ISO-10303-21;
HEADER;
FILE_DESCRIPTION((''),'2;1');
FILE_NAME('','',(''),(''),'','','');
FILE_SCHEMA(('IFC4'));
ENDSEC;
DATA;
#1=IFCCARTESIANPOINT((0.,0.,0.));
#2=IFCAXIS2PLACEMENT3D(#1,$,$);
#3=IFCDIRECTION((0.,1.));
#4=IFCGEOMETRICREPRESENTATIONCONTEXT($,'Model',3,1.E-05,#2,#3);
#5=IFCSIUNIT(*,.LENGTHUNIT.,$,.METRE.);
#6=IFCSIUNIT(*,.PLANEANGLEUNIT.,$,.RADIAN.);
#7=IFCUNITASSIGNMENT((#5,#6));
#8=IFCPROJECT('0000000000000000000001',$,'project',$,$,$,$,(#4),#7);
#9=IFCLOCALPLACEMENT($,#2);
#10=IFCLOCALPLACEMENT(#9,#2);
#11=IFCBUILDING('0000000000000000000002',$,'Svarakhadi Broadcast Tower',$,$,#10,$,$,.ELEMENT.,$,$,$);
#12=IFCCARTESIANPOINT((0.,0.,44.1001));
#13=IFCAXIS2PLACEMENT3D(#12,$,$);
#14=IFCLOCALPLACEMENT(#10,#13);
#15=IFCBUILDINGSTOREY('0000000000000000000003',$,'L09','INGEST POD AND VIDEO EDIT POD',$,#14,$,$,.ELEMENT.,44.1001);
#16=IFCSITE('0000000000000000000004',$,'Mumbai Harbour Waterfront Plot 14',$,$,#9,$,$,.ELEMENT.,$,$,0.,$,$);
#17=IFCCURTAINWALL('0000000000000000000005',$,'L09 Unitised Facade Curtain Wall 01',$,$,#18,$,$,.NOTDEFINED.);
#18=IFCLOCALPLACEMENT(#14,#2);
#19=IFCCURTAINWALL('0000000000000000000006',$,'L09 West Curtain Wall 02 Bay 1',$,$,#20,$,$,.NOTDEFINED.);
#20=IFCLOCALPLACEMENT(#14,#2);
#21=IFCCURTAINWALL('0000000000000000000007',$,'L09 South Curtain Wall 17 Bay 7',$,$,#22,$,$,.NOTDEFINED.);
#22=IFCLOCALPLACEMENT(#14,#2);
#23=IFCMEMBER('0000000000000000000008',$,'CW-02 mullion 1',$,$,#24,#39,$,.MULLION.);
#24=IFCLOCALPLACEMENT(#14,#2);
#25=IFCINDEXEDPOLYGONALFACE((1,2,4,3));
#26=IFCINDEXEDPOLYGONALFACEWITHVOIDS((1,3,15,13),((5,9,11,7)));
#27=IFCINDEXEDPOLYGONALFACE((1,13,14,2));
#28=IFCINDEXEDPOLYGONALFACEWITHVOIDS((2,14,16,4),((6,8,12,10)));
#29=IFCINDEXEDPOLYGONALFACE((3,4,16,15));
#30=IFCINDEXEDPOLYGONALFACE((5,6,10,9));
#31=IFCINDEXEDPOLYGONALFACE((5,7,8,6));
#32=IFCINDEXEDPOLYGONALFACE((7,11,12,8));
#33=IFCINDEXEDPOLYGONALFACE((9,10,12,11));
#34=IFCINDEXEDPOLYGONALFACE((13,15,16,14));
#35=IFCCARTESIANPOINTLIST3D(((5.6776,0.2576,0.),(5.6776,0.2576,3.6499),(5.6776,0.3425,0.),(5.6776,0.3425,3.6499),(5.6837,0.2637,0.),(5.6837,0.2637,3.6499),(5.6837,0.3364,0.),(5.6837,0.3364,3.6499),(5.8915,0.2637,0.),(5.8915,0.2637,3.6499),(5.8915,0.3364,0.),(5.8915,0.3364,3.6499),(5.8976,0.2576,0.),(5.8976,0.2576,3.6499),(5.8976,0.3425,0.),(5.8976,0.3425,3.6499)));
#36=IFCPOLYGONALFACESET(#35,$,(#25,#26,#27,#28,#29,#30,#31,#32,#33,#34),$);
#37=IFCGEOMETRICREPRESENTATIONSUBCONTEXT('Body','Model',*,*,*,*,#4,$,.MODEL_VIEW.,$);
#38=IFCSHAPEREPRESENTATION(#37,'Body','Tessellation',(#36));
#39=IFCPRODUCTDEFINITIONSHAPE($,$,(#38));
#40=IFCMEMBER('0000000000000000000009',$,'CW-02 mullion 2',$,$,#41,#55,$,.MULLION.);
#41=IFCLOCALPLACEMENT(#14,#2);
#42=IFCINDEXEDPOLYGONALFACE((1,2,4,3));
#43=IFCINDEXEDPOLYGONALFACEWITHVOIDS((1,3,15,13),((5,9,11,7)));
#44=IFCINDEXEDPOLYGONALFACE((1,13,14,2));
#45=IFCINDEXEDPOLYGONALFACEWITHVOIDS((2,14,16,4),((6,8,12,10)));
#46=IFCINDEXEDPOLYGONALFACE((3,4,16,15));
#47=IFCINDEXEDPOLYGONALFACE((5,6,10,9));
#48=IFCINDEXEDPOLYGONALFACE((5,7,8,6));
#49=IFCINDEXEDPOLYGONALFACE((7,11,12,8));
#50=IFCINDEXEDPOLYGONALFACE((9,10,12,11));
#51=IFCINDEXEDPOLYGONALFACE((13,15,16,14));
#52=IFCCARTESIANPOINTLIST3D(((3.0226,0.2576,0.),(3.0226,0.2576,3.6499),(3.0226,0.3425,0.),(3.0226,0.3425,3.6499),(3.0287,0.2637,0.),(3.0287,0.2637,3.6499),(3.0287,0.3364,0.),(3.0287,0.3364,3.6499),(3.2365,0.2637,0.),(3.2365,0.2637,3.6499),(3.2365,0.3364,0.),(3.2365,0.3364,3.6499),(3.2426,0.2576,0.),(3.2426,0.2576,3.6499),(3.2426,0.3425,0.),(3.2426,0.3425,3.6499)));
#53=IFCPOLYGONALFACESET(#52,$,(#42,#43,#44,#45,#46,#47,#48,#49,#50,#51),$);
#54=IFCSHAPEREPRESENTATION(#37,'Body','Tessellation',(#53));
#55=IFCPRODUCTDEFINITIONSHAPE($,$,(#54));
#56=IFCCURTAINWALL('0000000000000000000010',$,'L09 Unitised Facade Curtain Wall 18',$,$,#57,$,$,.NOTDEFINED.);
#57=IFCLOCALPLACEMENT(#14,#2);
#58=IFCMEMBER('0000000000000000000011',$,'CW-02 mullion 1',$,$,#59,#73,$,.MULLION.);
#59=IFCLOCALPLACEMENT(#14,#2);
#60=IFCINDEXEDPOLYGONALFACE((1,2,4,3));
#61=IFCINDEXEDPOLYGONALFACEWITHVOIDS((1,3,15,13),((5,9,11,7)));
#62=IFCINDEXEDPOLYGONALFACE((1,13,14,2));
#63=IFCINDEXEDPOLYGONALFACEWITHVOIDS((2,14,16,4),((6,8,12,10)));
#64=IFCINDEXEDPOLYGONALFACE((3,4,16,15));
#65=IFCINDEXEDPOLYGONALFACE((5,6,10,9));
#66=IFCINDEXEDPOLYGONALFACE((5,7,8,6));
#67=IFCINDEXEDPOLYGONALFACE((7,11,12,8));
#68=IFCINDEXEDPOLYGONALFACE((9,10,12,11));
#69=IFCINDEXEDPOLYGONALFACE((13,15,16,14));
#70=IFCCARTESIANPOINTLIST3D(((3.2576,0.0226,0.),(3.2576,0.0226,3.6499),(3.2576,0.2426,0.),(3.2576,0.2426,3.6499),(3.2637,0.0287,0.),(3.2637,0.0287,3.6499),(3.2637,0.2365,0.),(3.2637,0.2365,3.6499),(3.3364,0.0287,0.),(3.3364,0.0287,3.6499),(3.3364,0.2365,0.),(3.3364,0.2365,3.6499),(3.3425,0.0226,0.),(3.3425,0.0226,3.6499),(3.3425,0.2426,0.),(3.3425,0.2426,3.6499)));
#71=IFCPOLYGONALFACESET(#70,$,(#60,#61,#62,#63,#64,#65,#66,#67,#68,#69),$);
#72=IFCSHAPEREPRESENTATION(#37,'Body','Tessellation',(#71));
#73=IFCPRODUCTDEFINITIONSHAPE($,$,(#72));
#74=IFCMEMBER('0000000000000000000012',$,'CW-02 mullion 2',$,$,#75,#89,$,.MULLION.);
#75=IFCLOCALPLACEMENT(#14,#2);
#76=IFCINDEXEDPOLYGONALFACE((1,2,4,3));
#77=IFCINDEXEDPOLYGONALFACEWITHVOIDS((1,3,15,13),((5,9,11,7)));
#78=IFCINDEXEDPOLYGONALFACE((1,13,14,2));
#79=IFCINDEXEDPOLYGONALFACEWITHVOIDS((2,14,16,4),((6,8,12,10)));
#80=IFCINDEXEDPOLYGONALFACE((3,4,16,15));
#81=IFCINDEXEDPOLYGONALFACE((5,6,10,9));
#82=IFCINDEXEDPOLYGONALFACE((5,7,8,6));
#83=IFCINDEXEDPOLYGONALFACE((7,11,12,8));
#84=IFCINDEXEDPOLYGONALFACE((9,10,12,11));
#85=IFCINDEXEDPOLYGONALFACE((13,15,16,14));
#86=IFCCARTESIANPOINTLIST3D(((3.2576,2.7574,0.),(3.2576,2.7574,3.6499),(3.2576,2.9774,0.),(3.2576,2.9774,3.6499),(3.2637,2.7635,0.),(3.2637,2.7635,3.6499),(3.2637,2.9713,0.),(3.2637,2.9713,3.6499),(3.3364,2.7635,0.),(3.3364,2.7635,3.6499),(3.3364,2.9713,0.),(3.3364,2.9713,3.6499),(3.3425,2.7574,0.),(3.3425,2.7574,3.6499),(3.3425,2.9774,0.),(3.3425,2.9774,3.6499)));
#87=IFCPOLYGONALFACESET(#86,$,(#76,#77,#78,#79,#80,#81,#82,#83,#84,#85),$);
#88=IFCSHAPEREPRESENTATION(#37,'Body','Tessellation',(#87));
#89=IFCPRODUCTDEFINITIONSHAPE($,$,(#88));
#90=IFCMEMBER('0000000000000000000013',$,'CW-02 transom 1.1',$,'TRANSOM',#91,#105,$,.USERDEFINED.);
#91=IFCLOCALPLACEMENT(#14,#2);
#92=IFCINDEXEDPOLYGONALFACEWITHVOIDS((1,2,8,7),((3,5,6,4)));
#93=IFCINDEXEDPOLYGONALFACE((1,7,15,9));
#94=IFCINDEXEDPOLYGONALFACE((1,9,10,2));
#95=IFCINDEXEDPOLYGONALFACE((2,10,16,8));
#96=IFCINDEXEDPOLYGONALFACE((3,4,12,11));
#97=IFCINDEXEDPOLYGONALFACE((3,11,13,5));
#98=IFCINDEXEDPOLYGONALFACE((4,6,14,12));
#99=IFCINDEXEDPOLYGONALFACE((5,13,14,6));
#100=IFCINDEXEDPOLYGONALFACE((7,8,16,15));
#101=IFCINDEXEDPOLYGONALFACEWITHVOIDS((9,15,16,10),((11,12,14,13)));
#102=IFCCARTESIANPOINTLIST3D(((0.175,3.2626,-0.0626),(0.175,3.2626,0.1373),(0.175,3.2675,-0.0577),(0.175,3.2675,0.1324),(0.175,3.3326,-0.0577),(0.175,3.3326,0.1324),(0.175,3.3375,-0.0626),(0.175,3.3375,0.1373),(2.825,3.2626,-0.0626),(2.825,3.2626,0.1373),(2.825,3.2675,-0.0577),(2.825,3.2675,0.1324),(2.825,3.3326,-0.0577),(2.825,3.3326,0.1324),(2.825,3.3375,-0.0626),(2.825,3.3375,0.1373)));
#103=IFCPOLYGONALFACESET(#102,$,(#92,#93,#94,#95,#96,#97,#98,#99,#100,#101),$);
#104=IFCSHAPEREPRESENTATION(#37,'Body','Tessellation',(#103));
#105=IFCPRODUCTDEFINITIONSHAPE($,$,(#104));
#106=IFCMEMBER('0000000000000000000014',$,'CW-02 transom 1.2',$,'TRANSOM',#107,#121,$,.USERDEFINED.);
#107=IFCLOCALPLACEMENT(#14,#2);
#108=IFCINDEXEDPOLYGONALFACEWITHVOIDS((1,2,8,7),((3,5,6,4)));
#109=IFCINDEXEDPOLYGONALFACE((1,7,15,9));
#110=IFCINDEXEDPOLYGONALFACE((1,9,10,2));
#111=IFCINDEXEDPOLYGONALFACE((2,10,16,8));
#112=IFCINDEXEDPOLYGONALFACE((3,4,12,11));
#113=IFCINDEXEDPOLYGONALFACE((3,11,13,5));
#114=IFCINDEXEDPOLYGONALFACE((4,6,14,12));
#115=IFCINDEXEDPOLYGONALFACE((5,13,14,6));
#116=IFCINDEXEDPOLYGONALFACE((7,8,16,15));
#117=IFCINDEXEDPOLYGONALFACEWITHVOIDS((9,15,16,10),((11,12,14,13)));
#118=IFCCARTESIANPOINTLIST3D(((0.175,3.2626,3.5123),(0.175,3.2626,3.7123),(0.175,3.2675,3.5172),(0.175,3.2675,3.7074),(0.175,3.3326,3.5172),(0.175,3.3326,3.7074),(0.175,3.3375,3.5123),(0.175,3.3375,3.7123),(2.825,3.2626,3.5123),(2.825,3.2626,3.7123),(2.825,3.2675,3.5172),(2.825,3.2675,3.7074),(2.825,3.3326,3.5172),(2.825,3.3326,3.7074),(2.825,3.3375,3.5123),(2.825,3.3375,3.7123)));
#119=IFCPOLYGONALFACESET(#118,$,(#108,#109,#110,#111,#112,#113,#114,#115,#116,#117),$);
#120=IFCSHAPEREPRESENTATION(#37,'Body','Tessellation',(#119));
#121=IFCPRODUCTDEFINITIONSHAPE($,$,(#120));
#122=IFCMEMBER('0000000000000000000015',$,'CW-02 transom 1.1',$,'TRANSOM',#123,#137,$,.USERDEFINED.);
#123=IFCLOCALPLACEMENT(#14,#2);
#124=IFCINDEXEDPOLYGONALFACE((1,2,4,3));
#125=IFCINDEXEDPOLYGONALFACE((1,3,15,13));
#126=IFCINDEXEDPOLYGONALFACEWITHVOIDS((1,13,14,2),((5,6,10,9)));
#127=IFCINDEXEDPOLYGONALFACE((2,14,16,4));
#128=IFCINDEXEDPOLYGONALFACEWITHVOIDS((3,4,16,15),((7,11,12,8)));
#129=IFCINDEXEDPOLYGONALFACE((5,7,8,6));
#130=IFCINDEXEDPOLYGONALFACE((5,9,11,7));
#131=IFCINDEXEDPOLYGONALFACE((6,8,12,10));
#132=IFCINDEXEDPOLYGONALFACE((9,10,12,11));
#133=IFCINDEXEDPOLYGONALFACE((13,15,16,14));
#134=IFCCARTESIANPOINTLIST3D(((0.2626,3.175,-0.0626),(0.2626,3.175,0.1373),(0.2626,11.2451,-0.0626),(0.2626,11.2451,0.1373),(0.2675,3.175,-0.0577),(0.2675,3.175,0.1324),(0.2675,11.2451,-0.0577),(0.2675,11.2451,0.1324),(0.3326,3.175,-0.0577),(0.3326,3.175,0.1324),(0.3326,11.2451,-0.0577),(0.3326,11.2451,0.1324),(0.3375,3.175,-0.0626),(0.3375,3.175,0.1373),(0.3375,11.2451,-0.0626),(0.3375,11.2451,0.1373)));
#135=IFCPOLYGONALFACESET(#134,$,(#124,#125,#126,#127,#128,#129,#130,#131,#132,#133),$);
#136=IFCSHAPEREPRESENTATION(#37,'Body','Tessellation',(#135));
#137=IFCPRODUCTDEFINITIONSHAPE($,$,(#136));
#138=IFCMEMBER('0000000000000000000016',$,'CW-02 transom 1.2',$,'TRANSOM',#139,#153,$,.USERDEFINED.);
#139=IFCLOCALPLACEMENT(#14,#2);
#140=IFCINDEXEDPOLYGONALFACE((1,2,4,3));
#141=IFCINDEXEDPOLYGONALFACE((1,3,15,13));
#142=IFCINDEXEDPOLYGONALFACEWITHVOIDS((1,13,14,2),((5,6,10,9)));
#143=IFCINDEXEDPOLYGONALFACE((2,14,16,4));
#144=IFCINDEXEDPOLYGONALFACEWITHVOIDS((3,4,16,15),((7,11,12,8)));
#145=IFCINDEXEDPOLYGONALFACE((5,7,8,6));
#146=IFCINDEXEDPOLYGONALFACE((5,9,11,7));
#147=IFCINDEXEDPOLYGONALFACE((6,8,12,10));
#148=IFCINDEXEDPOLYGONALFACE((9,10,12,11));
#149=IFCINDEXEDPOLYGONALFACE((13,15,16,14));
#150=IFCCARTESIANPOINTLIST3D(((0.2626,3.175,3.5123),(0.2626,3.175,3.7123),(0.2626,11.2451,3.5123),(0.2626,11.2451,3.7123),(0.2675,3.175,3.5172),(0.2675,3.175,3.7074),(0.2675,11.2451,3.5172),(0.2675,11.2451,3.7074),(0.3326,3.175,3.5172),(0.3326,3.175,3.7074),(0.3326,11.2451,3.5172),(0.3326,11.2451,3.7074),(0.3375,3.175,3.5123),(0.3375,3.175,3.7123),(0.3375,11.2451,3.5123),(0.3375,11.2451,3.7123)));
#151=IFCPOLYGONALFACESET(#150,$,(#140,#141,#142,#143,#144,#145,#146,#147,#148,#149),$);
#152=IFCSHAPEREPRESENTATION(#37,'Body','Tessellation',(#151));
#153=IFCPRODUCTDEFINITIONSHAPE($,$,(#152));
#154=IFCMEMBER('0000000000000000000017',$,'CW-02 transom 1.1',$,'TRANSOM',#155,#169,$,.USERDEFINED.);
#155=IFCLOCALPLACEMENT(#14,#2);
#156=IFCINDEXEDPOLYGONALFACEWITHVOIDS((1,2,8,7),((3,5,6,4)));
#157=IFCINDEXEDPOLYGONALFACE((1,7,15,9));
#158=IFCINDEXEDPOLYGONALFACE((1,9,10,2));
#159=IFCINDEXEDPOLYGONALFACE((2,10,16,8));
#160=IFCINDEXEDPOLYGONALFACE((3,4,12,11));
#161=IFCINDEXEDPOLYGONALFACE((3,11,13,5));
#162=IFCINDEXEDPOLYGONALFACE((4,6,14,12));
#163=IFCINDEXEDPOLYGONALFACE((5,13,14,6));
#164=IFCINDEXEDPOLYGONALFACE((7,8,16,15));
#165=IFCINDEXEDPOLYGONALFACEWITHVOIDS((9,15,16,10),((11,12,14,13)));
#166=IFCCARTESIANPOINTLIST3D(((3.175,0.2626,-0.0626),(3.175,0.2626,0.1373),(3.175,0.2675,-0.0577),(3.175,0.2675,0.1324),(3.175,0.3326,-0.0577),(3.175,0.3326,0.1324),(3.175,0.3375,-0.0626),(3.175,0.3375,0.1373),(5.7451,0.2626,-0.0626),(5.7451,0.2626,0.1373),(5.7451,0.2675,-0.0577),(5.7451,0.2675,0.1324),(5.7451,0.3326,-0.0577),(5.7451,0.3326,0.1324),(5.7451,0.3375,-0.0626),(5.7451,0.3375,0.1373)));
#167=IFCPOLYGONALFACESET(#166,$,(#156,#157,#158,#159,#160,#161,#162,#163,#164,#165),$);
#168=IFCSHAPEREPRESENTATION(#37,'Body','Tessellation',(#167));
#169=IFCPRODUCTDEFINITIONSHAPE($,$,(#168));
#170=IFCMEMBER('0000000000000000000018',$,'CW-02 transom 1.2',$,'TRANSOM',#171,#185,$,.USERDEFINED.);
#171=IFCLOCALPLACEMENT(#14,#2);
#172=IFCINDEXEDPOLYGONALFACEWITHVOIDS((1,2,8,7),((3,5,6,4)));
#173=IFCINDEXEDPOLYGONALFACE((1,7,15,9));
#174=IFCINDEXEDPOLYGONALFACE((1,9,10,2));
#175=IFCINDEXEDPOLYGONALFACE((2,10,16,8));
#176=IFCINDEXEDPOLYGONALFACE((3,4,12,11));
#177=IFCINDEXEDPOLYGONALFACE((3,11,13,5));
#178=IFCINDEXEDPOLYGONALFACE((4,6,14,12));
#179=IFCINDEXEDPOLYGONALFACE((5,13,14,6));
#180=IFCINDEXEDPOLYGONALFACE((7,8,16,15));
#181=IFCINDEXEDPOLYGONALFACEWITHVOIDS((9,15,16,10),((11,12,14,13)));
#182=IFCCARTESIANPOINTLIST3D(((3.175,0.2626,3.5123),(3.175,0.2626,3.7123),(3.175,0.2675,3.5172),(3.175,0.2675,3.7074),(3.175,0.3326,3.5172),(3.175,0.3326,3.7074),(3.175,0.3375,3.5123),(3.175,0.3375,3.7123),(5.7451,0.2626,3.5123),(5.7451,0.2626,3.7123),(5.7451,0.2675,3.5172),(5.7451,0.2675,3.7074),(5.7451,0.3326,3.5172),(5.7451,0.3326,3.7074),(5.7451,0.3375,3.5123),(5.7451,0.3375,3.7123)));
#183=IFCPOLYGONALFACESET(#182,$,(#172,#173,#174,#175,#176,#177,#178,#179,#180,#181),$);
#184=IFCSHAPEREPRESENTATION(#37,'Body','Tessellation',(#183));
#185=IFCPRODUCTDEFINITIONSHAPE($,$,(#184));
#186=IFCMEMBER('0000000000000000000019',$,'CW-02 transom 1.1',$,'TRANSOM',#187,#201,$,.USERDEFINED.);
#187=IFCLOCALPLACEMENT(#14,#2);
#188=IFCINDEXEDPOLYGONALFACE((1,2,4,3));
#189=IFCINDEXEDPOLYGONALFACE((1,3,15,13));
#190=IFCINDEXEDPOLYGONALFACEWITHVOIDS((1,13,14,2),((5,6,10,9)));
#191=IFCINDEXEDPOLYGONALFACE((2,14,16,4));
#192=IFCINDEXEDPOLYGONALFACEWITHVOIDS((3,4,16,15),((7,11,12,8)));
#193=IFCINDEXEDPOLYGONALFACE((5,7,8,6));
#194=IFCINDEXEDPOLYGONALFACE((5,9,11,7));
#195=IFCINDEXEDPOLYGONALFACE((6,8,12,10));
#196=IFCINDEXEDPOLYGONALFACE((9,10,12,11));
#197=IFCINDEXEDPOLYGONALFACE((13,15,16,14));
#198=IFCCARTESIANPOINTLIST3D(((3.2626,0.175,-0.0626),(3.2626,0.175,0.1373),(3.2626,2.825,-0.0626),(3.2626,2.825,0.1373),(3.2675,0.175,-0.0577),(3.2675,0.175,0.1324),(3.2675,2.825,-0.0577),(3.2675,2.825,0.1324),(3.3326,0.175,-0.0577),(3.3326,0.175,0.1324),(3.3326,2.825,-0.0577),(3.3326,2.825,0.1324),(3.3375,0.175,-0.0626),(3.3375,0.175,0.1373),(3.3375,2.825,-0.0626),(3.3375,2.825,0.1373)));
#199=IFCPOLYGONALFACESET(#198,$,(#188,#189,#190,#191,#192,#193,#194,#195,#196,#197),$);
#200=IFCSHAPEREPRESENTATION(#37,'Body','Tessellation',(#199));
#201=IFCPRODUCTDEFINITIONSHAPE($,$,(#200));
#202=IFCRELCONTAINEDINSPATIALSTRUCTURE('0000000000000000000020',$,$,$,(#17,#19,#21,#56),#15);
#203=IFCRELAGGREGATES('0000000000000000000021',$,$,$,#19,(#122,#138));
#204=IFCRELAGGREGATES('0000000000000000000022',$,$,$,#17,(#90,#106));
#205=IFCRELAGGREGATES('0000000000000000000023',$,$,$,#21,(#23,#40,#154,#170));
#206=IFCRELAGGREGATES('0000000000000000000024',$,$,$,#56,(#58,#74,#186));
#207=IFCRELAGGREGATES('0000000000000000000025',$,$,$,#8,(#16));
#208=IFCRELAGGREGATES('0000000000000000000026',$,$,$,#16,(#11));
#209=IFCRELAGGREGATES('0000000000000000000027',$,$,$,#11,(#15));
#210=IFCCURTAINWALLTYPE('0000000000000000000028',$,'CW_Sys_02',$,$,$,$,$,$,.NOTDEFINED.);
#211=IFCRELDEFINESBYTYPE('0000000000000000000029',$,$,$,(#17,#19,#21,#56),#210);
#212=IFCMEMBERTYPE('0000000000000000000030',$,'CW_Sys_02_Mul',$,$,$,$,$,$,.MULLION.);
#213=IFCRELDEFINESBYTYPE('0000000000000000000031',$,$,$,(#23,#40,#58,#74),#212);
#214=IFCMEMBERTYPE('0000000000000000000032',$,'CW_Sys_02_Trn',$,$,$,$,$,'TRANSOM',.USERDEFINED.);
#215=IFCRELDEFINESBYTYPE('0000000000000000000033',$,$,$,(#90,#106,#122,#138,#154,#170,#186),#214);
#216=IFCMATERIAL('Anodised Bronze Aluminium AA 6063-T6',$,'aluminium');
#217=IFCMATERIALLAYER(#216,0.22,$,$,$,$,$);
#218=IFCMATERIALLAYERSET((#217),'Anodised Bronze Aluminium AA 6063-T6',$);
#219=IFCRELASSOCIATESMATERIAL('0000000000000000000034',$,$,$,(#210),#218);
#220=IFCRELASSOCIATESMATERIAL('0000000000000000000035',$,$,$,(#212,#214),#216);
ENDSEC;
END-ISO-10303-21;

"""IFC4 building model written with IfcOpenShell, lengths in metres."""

from ifc_helpers import new_model, si_unit, direction, frame, origin, origin_2d, place, context, subcontext, project, spatial, hollow_rectangle, extrude, material, layer, layer_set, material_profile, profile_set, type_object, element, aggregate, save


model = new_model("IFC4")

# Units and contexts
model_context = context("Model", 3, precision=1e-05, world=origin(), true_north=direction((0.0, 1.0)))
body_context = subcontext(model_context, "Body", "Model", "MODEL_VIEW")
ifc_project = project(units=[si_unit("LENGTHUNIT", "METRE"), si_unit("PLANEANGLEUNIT", "RADIAN")], contexts=[model_context])

# Site, building, storey
site_placement = place(None, origin())
site = spatial("IfcSite", under=ifc_project, at=site_placement, Name="Mumbai Harbour Waterfront Plot 14", CompositionType="ELEMENT", RefElevation=0.0)
building_placement = place(site_placement, origin())
building = spatial("IfcBuilding", under=site, at=building_placement, Name="Svarakhadi Broadcast Tower", CompositionType="ELEMENT")
storey_placement = place(building_placement, frame((0.0, 0.0, 44.1001)))
storey = spatial("IfcBuildingStorey", under=building, at=storey_placement, Name="L09", Description="INGEST POD AND VIDEO EDIT POD", CompositionType="ELEMENT", Elevation=44.1001)

# Curtain wall
ifc_material_1 = material(Name="Anodised Bronze Aluminium AA 6063-T6", Category="aluminium")
ifc_layer_1 = layer(ifc_material_1, 0.22)
ifc_layer_set_1 = layer_set([ifc_layer_1], Name="Anodised Bronze Aluminium AA 6063-T6")
curtain_wall_type = type_object("IfcCurtainWallType", Name="CW_Sys_02", PredefinedType="NOTDEFINED", material=ifc_layer_set_1)
curtain_wall_1_placement = place(storey_placement, origin())
curtain_wall_1 = element("IfcCurtainWall", 1, at=curtain_wall_1_placement, inside=storey, type_object=curtain_wall_type, Name="L09 Unitised Facade Curtain Wall 01", PredefinedType="NOTDEFINED")
ifc_material_profile_1 = material_profile(ifc_material_1, hollow_rectangle(XDim=0.085, YDim=0.22, WallThickness=0.0061, at=origin_2d()), Name="ALU MULLION 220x85x6")
ifc_profile_set_1 = profile_set([ifc_material_profile_1], Name="Anodised Bronze Aluminium AA 6063-T6")
member_type_1 = type_object("IfcMemberType", Name="CW_Sys_02_Mul", PredefinedType="MULLION", material=ifc_profile_set_1)

# Curtain wall
curtain_wall_2_placement = place(storey_placement, origin())
curtain_wall_2 = element("IfcCurtainWall", 2, at=curtain_wall_2_placement, inside=storey, type_object=curtain_wall_type, Name="L09 West Curtain Wall 02 Bay 1", PredefinedType="NOTDEFINED")

# Curtain walls, members
curtain_wall_3_placement = place(storey_placement, origin())
curtain_wall_3 = element("IfcCurtainWall", 3, at=curtain_wall_3_placement, inside=storey, type_object=curtain_wall_type, Name="L09 South Curtain Wall 17 Bay 7", PredefinedType="NOTDEFINED")
member_1_placement = place(storey_placement, frame((5.7876, 0.3, 0.0), z_axis=(0.0, 0.0, 1.0), x_axis=(0.0, -1.0, 0.0)))
member_1 = element("IfcMember", 4, at=member_1_placement, type_object=member_type_1, Name="CW-02 mullion 1", PredefinedType="MULLION", context=body_context, shape_type="SweptSolid", body=[
    extrude(hollow_rectangle(XDim=0.085, YDim=0.22, WallThickness=0.0061, at=origin_2d()), origin(), (0.0, 0.0, 1.0), 3.6499),
])
member_2_placement = place(storey_placement, frame((3.1326, 0.3, 0.0), z_axis=(0.0, 0.0, 1.0), x_axis=(0.0, -1.0, 0.0)))
member_2 = element("IfcMember", 5, at=member_2_placement, type_object=member_type_1, Name="CW-02 mullion 2", PredefinedType="MULLION", context=body_context, shape_type="SweptSolid", body=[
    extrude(hollow_rectangle(XDim=0.085, YDim=0.22, WallThickness=0.0061, at=origin_2d()), origin(), (0.0, 0.0, 1.0), 3.6499),
])
curtain_wall_4_placement = place(storey_placement, origin())
curtain_wall_4 = element("IfcCurtainWall", 6, at=curtain_wall_4_placement, inside=storey, type_object=curtain_wall_type, Name="L09 Unitised Facade Curtain Wall 18", PredefinedType="NOTDEFINED")
member_3_placement = place(storey_placement, frame((3.3, 0.1326, 0.0), z_axis=(0.0, 0.0, 1.0), x_axis=(-1.0, 0.0, 0.0)))
member_3 = element("IfcMember", 7, at=member_3_placement, type_object=member_type_1, Name="CW-02 mullion 1", PredefinedType="MULLION", context=body_context, shape_type="SweptSolid", body=[
    extrude(hollow_rectangle(XDim=0.085, YDim=0.22, WallThickness=0.0061, at=origin_2d()), origin(), (0.0, 0.0, 1.0), 3.6499),
])
member_4_placement = place(storey_placement, frame((3.3, 2.8674, 0.0), z_axis=(0.0, 0.0, 1.0), x_axis=(-1.0, 0.0, 0.0)))
member_4 = element("IfcMember", 8, at=member_4_placement, type_object=member_type_1, Name="CW-02 mullion 2", PredefinedType="MULLION", context=body_context, shape_type="SweptSolid", body=[
    extrude(hollow_rectangle(XDim=0.085, YDim=0.22, WallThickness=0.0061, at=origin_2d()), origin(), (0.0, 0.0, 1.0), 3.6499),
])

# Members
ifc_material_profile_2 = material_profile(ifc_material_1, hollow_rectangle(XDim=0.075, YDim=0.2, WallThickness=0.0049, at=origin_2d()), Name="ALU TRANSOM 200x75x5")
ifc_profile_set_2 = profile_set([ifc_material_profile_2], Name="Anodised Bronze Aluminium AA 6063-T6")
member_type_2 = type_object("IfcMemberType", Name="CW_Sys_02_Trn", ElementType="TRANSOM", PredefinedType="USERDEFINED", material=ifc_profile_set_2)
member_5_placement = place(storey_placement, frame((2.825, 3.3, 0.0374), z_axis=(-1.0, 0.0, 0.0), x_axis=(0.0, -1.0, 0.0)))
member_5 = element("IfcMember", 9, at=member_5_placement, type_object=member_type_2, Name="CW-02 transom 1.1", ObjectType="TRANSOM", PredefinedType="USERDEFINED", context=body_context, shape_type="SweptSolid", body=[
    extrude(hollow_rectangle(XDim=0.075, YDim=0.2, WallThickness=0.0049, at=origin_2d()), origin(), (0.0, 0.0, 1.0), 2.6499),
])
member_6_placement = place(storey_placement, frame((2.825, 3.3, 3.6123), z_axis=(-1.0, 0.0, 0.0), x_axis=(0.0, -1.0, 0.0)))
member_6 = element("IfcMember", 10, at=member_6_placement, type_object=member_type_2, Name="CW-02 transom 1.2", ObjectType="TRANSOM", PredefinedType="USERDEFINED", context=body_context, shape_type="SweptSolid", body=[
    extrude(hollow_rectangle(XDim=0.075, YDim=0.2, WallThickness=0.0049, at=origin_2d()), origin(), (0.0, 0.0, 1.0), 2.6499),
])
member_7_placement = place(storey_placement, frame((0.3, 3.175, 0.0374), z_axis=(0.0, 1.0, 0.0), x_axis=(-1.0, 0.0, 0.0)))
member_7 = element("IfcMember", 11, at=member_7_placement, type_object=member_type_2, Name="CW-02 transom 1.1", ObjectType="TRANSOM", PredefinedType="USERDEFINED", context=body_context, shape_type="SweptSolid", body=[
    extrude(hollow_rectangle(XDim=0.075, YDim=0.2, WallThickness=0.0049, at=origin_2d()), origin(), (0.0, 0.0, 1.0), 8.0701),
])
member_8_placement = place(storey_placement, frame((0.3, 3.175, 3.6123), z_axis=(0.0, 1.0, 0.0), x_axis=(-1.0, 0.0, 0.0)))
member_8 = element("IfcMember", 12, at=member_8_placement, type_object=member_type_2, Name="CW-02 transom 1.2", ObjectType="TRANSOM", PredefinedType="USERDEFINED", context=body_context, shape_type="SweptSolid", body=[
    extrude(hollow_rectangle(XDim=0.075, YDim=0.2, WallThickness=0.0049, at=origin_2d()), origin(), (0.0, 0.0, 1.0), 8.0701),
])
aggregate(curtain_wall_2, [member_7, member_8])
member_9_placement = place(storey_placement, frame((5.7451, 0.3, 0.0374), z_axis=(-1.0, 0.0, 0.0), x_axis=(0.0, -1.0, 0.0)))
member_9 = element("IfcMember", 13, at=member_9_placement, type_object=member_type_2, Name="CW-02 transom 1.1", ObjectType="TRANSOM", PredefinedType="USERDEFINED", context=body_context, shape_type="SweptSolid", body=[
    extrude(hollow_rectangle(XDim=0.075, YDim=0.2, WallThickness=0.0049, at=origin_2d()), origin(), (0.0, 0.0, 1.0), 2.5701),
])
member_10_placement = place(storey_placement, frame((5.7451, 0.3, 3.6123), z_axis=(-1.0, 0.0, 0.0), x_axis=(0.0, -1.0, 0.0)))
member_10 = element("IfcMember", 14, at=member_10_placement, type_object=member_type_2, Name="CW-02 transom 1.2", ObjectType="TRANSOM", PredefinedType="USERDEFINED", context=body_context, shape_type="SweptSolid", body=[
    extrude(hollow_rectangle(XDim=0.075, YDim=0.2, WallThickness=0.0049, at=origin_2d()), origin(), (0.0, 0.0, 1.0), 2.5701),
])
member_11_placement = place(storey_placement, frame((3.3, 0.175, 0.0374), z_axis=(0.0, 1.0, 0.0), x_axis=(-1.0, 0.0, 0.0)))
member_11 = element("IfcMember", 15, at=member_11_placement, type_object=member_type_2, Name="CW-02 transom 1.1", ObjectType="TRANSOM", PredefinedType="USERDEFINED", context=body_context, shape_type="SweptSolid", body=[
    extrude(hollow_rectangle(XDim=0.075, YDim=0.2, WallThickness=0.0049, at=origin_2d()), origin(), (0.0, 0.0, 1.0), 2.6499),
])

aggregate(curtain_wall_1, [member_5, member_6])
aggregate(curtain_wall_3, [member_1, member_2, member_9, member_10])
aggregate(curtain_wall_4, [member_3, member_4, member_11])

save(model, "model.ifc")
